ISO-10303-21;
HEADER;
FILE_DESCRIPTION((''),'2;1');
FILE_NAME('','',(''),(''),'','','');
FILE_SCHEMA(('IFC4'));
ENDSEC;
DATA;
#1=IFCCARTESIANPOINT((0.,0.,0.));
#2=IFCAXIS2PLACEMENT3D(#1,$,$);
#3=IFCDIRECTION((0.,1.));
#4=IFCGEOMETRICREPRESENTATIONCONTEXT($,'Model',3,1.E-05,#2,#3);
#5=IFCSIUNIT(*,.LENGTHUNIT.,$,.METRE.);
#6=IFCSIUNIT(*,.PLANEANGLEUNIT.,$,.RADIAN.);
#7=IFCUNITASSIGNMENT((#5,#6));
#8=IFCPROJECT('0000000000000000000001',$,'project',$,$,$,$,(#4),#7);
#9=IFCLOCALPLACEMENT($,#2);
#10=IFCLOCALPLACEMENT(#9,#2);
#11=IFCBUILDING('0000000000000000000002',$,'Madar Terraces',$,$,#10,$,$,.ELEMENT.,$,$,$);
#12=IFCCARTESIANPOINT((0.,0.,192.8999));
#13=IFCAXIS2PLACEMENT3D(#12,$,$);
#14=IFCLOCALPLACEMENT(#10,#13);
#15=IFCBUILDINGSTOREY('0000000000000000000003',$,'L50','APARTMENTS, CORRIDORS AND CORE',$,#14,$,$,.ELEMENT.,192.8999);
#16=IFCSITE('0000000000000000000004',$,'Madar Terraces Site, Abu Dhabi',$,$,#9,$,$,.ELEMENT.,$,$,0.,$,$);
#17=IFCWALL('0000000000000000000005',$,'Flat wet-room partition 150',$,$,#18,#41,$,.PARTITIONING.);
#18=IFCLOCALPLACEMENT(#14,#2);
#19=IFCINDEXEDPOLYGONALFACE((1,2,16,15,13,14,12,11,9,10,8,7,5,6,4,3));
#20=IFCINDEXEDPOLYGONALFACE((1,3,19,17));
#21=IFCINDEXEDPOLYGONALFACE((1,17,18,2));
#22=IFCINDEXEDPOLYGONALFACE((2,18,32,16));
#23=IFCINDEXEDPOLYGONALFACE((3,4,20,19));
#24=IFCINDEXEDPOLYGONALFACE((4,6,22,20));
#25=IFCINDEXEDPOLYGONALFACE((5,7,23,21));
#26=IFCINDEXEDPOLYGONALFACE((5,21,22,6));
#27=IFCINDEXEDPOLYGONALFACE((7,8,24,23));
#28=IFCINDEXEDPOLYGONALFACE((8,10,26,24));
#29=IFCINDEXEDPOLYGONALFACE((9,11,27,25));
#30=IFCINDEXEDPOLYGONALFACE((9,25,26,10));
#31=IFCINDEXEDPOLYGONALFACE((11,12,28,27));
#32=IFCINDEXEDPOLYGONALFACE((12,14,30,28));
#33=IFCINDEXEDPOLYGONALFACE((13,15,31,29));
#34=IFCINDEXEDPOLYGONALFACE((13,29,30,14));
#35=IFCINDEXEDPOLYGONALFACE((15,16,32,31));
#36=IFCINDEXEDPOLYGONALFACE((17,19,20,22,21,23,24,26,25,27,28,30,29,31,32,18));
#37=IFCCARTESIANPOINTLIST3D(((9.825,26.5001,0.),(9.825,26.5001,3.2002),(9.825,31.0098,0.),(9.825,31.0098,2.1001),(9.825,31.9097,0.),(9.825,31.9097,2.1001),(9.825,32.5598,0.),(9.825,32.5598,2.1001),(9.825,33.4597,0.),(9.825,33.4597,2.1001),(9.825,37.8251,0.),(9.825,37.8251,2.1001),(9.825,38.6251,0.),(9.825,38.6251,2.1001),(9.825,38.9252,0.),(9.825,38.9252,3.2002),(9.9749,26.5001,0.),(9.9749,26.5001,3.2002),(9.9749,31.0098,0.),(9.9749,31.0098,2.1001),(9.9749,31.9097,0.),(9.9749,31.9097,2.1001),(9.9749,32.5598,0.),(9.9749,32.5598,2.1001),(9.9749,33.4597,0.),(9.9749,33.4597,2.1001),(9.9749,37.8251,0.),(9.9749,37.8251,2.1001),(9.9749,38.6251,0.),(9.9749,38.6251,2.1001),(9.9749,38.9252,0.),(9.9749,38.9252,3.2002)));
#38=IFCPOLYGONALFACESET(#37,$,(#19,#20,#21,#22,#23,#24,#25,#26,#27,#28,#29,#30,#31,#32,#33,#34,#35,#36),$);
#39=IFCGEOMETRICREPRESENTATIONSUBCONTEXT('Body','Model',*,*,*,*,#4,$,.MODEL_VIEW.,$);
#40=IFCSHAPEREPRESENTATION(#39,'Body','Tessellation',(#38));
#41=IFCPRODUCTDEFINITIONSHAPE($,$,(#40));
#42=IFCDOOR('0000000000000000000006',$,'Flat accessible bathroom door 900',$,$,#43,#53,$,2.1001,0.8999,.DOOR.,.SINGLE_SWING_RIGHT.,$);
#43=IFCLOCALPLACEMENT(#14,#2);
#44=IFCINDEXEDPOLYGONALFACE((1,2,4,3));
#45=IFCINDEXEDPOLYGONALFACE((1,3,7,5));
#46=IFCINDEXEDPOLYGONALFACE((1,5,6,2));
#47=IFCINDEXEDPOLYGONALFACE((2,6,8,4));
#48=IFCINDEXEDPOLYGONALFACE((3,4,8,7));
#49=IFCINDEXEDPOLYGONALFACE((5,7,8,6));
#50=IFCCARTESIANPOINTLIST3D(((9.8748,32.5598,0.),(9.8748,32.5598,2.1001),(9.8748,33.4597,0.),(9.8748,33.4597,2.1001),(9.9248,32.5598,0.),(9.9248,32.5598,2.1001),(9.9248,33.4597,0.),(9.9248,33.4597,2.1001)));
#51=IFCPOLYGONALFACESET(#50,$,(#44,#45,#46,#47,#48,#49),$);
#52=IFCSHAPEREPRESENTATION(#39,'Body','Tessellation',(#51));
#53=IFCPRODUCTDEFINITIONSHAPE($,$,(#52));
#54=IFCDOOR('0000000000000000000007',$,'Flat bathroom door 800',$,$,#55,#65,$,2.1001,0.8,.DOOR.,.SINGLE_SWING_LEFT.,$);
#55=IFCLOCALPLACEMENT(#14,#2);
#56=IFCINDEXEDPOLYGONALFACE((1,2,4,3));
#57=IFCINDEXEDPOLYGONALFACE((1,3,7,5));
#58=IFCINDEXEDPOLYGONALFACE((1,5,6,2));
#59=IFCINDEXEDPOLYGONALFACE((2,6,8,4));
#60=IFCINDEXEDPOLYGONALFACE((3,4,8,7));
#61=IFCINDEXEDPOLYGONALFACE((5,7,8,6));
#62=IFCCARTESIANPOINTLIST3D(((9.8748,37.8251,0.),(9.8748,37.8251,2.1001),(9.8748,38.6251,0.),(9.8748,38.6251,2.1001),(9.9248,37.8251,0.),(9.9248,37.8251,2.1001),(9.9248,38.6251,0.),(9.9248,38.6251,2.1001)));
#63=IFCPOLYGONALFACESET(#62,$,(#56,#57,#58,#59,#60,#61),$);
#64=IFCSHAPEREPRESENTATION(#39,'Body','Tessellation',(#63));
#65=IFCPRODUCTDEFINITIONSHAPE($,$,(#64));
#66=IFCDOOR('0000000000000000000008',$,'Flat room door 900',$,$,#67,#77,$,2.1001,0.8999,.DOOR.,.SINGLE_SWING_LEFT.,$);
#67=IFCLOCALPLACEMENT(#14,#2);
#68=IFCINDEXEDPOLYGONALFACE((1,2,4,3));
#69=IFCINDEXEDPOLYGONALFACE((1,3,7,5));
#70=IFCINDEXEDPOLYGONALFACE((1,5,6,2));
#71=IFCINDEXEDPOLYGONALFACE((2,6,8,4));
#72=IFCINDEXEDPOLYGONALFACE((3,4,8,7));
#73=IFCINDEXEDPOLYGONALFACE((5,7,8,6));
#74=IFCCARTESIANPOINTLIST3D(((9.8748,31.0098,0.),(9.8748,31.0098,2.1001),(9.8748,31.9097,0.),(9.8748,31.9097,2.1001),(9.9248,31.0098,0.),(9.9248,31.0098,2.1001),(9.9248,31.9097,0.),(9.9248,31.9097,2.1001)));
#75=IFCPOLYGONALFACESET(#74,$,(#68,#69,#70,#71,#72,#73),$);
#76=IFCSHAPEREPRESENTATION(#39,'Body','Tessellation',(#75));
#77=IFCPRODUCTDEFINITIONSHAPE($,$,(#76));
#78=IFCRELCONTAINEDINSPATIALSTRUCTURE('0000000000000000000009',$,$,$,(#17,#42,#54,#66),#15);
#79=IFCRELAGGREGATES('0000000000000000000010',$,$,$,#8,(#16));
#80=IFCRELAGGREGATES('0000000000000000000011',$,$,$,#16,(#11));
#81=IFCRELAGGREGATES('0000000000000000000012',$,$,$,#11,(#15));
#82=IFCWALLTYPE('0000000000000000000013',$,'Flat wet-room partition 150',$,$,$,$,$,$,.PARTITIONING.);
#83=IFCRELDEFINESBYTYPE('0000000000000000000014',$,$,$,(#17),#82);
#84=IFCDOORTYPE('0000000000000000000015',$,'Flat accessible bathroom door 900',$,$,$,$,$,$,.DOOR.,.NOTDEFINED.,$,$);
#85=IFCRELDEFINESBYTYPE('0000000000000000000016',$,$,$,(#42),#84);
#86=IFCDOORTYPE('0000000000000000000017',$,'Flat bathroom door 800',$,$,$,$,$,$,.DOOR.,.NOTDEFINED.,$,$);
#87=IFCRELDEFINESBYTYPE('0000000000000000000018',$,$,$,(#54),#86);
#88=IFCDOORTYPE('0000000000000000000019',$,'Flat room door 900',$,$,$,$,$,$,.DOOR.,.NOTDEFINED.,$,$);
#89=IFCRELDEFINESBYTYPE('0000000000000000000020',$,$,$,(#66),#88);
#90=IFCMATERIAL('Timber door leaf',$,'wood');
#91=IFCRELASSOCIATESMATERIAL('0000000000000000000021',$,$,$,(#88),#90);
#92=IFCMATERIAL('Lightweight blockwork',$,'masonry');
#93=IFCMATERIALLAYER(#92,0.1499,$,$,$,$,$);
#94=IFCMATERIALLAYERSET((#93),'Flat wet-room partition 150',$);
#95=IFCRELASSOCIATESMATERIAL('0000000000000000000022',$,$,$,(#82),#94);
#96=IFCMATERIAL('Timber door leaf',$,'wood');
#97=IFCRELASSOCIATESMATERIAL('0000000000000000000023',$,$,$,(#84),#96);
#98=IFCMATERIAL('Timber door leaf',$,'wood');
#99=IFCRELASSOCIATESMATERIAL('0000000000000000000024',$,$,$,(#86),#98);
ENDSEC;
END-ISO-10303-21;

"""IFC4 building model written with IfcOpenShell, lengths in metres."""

from ifc_helpers import new_model, si_unit, direction, frame, frame_2d, origin, place, context, subcontext, project, spatial, rectangle, extrude, material, layer, layer_set, type_object, element, fill, save


model = new_model("IFC4")

# Units and contexts
model_context = context("Model", 3, precision=1e-05, world=origin(), true_north=direction((0.0, 1.0)))
body_context = subcontext(model_context, "Body", "Model", "MODEL_VIEW")
ifc_project = project(units=[si_unit("LENGTHUNIT", "METRE"), si_unit("PLANEANGLEUNIT", "RADIAN")], contexts=[model_context])

# Site, building, storey
site_placement = place(None, origin())
site = spatial("IfcSite", under=ifc_project, at=site_placement, Name="Madar Terraces Site, Abu Dhabi", CompositionType="ELEMENT", RefElevation=0.0)
building_placement = place(site_placement, origin())
building = spatial("IfcBuilding", under=site, at=building_placement, Name="Madar Terraces", CompositionType="ELEMENT")
storey_placement = place(building_placement, frame((0.0, 0.0, 192.8999)))
storey = spatial("IfcBuildingStorey", under=building, at=storey_placement, Name="L50", Description="APARTMENTS, CORRIDORS AND CORE", CompositionType="ELEMENT", Elevation=192.8999)

# Shared definitions
ifc_material_1 = material(Name="Timber door leaf", Category="wood")
door_type_1 = type_object("IfcDoorType", Name="Flat room door 900", OperationType="NOTDEFINED", PredefinedType="DOOR", material=ifc_material_1)

# Shared definitions
ifc_material_2 = material(Name="Lightweight blockwork", Category="masonry")
ifc_layer_1 = layer(ifc_material_2, 0.1499)
ifc_layer_set_1 = layer_set([ifc_layer_1], Name="Flat wet-room partition 150")
wall_type_1 = type_object("IfcWallType", Name="Flat wet-room partition 150", PredefinedType="PARTITIONING", material=ifc_layer_set_1)

# Wall, openings, doors
wall_1_placement = place(storey_placement, frame((9.8999, 38.925, 0.0), z_axis=(0.0, 0.0, 1.0), x_axis=(0.0, -1.0, 0.0)))
wall_1 = element("IfcWall", 1, at=wall_1_placement, inside=storey, type_object=wall_type_1, Name="Flat wet-room partition 150", PredefinedType="PARTITIONING", context=body_context, shape_type="SweptSolid", body=[
    extrude(rectangle(XDim=12.425, YDim=0.1499, at=frame_2d((6.2124, 0.0))), origin(), (0.0, 0.0, 1.0), 3.2002),
])
opening_1_placement = place(wall_1_placement, frame((0.3, 0.0, 0.0)))
opening_1 = element("IfcOpeningElement", 2, at=opening_1_placement, cuts=wall_1, PredefinedType="OPENING", context=body_context, shape_type="SweptSolid", body=[
    extrude(rectangle(XDim=0.8, YDim=2.1001, at=frame_2d((0.3999, 1.05))), frame((0.0, 0.085, 0.0), z_axis=(0.0, -1.0, 0.0), x_axis=(1.0, 0.0, 0.0)), (0.0, 0.0, 1.0), 0.1699),
])
opening_2_placement = place(wall_1_placement, frame((5.4653, 0.0, 0.0)))
opening_2 = element("IfcOpeningElement", 3, at=opening_2_placement, cuts=wall_1, PredefinedType="OPENING", context=body_context, shape_type="SweptSolid", body=[
    extrude(rectangle(XDim=0.8999, YDim=2.1001, at=frame_2d((0.45, 1.05))), frame((0.0, 0.085, 0.0), z_axis=(0.0, -1.0, 0.0), x_axis=(1.0, 0.0, 0.0)), (0.0, 0.0, 1.0), 0.1699),
])
opening_3_placement = place(wall_1_placement, frame((7.0154, 0.0, 0.0)))
opening_3 = element("IfcOpeningElement", 4, at=opening_3_placement, cuts=wall_1, PredefinedType="OPENING", context=body_context, shape_type="SweptSolid", body=[
    extrude(rectangle(XDim=0.8999, YDim=2.1001, at=frame_2d((0.45, 1.05))), frame((0.0, 0.085, 0.0), z_axis=(0.0, -1.0, 0.0), x_axis=(1.0, 0.0, 0.0)), (0.0, 0.0, 1.0), 0.1699),
])
ifc_material_3 = material(Name="Timber door leaf", Category="wood")
door_type_2 = type_object("IfcDoorType", Name="Flat accessible bathroom door 900", OperationType="NOTDEFINED", PredefinedType="DOOR", material=ifc_material_3)
door_1_placement = place(opening_2_placement, origin())
door_1 = element("IfcDoor", 5, at=door_1_placement, inside=storey, type_object=door_type_2, Name="Flat accessible bathroom door 900", OperationType="SINGLE_SWING_RIGHT", OverallHeight=2.1001, OverallWidth=0.8999, PredefinedType="DOOR", context=body_context, shape_type="SweptSolid", body=[
    extrude(rectangle(XDim=0.8999, YDim=2.1001, at=frame_2d((0.45, 1.05))), frame((0.0, 0.0249, 0.0), z_axis=(0.0, -1.0, 0.0), x_axis=(1.0, 0.0, 0.0)), (0.0, 0.0, 1.0), 0.05),
])
fill(opening_2, door_1)
ifc_material_4 = material(Name="Timber door leaf", Category="wood")
door_type_3 = type_object("IfcDoorType", Name="Flat bathroom door 800", OperationType="NOTDEFINED", PredefinedType="DOOR", material=ifc_material_4)
door_2_placement = place(opening_1_placement, origin())
door_2 = element("IfcDoor", 6, at=door_2_placement, inside=storey, type_object=door_type_3, Name="Flat bathroom door 800", OperationType="SINGLE_SWING_LEFT", OverallHeight=2.1001, OverallWidth=0.8, PredefinedType="DOOR", context=body_context, shape_type="SweptSolid", body=[
    extrude(rectangle(XDim=0.8, YDim=2.1001, at=frame_2d((0.3999, 1.05))), frame((0.0, 0.0249, 0.0), z_axis=(0.0, -1.0, 0.0), x_axis=(1.0, 0.0, 0.0)), (0.0, 0.0, 1.0), 0.05),
])
fill(opening_1, door_2)
door_3_placement = place(opening_3_placement, origin())
door_3 = element("IfcDoor", 7, at=door_3_placement, inside=storey, type_object=door_type_1, Name="Flat room door 900", OperationType="SINGLE_SWING_LEFT", OverallHeight=2.1001, OverallWidth=0.8999, PredefinedType="DOOR", context=body_context, shape_type="SweptSolid", body=[
    extrude(rectangle(XDim=0.8999, YDim=2.1001, at=frame_2d((0.45, 1.05))), frame((0.0, 0.0249, 0.0), z_axis=(0.0, -1.0, 0.0), x_axis=(1.0, 0.0, 0.0)), (0.0, 0.0, 1.0), 0.05),
])
fill(opening_3, door_3)

save(model, "model.ifc")
